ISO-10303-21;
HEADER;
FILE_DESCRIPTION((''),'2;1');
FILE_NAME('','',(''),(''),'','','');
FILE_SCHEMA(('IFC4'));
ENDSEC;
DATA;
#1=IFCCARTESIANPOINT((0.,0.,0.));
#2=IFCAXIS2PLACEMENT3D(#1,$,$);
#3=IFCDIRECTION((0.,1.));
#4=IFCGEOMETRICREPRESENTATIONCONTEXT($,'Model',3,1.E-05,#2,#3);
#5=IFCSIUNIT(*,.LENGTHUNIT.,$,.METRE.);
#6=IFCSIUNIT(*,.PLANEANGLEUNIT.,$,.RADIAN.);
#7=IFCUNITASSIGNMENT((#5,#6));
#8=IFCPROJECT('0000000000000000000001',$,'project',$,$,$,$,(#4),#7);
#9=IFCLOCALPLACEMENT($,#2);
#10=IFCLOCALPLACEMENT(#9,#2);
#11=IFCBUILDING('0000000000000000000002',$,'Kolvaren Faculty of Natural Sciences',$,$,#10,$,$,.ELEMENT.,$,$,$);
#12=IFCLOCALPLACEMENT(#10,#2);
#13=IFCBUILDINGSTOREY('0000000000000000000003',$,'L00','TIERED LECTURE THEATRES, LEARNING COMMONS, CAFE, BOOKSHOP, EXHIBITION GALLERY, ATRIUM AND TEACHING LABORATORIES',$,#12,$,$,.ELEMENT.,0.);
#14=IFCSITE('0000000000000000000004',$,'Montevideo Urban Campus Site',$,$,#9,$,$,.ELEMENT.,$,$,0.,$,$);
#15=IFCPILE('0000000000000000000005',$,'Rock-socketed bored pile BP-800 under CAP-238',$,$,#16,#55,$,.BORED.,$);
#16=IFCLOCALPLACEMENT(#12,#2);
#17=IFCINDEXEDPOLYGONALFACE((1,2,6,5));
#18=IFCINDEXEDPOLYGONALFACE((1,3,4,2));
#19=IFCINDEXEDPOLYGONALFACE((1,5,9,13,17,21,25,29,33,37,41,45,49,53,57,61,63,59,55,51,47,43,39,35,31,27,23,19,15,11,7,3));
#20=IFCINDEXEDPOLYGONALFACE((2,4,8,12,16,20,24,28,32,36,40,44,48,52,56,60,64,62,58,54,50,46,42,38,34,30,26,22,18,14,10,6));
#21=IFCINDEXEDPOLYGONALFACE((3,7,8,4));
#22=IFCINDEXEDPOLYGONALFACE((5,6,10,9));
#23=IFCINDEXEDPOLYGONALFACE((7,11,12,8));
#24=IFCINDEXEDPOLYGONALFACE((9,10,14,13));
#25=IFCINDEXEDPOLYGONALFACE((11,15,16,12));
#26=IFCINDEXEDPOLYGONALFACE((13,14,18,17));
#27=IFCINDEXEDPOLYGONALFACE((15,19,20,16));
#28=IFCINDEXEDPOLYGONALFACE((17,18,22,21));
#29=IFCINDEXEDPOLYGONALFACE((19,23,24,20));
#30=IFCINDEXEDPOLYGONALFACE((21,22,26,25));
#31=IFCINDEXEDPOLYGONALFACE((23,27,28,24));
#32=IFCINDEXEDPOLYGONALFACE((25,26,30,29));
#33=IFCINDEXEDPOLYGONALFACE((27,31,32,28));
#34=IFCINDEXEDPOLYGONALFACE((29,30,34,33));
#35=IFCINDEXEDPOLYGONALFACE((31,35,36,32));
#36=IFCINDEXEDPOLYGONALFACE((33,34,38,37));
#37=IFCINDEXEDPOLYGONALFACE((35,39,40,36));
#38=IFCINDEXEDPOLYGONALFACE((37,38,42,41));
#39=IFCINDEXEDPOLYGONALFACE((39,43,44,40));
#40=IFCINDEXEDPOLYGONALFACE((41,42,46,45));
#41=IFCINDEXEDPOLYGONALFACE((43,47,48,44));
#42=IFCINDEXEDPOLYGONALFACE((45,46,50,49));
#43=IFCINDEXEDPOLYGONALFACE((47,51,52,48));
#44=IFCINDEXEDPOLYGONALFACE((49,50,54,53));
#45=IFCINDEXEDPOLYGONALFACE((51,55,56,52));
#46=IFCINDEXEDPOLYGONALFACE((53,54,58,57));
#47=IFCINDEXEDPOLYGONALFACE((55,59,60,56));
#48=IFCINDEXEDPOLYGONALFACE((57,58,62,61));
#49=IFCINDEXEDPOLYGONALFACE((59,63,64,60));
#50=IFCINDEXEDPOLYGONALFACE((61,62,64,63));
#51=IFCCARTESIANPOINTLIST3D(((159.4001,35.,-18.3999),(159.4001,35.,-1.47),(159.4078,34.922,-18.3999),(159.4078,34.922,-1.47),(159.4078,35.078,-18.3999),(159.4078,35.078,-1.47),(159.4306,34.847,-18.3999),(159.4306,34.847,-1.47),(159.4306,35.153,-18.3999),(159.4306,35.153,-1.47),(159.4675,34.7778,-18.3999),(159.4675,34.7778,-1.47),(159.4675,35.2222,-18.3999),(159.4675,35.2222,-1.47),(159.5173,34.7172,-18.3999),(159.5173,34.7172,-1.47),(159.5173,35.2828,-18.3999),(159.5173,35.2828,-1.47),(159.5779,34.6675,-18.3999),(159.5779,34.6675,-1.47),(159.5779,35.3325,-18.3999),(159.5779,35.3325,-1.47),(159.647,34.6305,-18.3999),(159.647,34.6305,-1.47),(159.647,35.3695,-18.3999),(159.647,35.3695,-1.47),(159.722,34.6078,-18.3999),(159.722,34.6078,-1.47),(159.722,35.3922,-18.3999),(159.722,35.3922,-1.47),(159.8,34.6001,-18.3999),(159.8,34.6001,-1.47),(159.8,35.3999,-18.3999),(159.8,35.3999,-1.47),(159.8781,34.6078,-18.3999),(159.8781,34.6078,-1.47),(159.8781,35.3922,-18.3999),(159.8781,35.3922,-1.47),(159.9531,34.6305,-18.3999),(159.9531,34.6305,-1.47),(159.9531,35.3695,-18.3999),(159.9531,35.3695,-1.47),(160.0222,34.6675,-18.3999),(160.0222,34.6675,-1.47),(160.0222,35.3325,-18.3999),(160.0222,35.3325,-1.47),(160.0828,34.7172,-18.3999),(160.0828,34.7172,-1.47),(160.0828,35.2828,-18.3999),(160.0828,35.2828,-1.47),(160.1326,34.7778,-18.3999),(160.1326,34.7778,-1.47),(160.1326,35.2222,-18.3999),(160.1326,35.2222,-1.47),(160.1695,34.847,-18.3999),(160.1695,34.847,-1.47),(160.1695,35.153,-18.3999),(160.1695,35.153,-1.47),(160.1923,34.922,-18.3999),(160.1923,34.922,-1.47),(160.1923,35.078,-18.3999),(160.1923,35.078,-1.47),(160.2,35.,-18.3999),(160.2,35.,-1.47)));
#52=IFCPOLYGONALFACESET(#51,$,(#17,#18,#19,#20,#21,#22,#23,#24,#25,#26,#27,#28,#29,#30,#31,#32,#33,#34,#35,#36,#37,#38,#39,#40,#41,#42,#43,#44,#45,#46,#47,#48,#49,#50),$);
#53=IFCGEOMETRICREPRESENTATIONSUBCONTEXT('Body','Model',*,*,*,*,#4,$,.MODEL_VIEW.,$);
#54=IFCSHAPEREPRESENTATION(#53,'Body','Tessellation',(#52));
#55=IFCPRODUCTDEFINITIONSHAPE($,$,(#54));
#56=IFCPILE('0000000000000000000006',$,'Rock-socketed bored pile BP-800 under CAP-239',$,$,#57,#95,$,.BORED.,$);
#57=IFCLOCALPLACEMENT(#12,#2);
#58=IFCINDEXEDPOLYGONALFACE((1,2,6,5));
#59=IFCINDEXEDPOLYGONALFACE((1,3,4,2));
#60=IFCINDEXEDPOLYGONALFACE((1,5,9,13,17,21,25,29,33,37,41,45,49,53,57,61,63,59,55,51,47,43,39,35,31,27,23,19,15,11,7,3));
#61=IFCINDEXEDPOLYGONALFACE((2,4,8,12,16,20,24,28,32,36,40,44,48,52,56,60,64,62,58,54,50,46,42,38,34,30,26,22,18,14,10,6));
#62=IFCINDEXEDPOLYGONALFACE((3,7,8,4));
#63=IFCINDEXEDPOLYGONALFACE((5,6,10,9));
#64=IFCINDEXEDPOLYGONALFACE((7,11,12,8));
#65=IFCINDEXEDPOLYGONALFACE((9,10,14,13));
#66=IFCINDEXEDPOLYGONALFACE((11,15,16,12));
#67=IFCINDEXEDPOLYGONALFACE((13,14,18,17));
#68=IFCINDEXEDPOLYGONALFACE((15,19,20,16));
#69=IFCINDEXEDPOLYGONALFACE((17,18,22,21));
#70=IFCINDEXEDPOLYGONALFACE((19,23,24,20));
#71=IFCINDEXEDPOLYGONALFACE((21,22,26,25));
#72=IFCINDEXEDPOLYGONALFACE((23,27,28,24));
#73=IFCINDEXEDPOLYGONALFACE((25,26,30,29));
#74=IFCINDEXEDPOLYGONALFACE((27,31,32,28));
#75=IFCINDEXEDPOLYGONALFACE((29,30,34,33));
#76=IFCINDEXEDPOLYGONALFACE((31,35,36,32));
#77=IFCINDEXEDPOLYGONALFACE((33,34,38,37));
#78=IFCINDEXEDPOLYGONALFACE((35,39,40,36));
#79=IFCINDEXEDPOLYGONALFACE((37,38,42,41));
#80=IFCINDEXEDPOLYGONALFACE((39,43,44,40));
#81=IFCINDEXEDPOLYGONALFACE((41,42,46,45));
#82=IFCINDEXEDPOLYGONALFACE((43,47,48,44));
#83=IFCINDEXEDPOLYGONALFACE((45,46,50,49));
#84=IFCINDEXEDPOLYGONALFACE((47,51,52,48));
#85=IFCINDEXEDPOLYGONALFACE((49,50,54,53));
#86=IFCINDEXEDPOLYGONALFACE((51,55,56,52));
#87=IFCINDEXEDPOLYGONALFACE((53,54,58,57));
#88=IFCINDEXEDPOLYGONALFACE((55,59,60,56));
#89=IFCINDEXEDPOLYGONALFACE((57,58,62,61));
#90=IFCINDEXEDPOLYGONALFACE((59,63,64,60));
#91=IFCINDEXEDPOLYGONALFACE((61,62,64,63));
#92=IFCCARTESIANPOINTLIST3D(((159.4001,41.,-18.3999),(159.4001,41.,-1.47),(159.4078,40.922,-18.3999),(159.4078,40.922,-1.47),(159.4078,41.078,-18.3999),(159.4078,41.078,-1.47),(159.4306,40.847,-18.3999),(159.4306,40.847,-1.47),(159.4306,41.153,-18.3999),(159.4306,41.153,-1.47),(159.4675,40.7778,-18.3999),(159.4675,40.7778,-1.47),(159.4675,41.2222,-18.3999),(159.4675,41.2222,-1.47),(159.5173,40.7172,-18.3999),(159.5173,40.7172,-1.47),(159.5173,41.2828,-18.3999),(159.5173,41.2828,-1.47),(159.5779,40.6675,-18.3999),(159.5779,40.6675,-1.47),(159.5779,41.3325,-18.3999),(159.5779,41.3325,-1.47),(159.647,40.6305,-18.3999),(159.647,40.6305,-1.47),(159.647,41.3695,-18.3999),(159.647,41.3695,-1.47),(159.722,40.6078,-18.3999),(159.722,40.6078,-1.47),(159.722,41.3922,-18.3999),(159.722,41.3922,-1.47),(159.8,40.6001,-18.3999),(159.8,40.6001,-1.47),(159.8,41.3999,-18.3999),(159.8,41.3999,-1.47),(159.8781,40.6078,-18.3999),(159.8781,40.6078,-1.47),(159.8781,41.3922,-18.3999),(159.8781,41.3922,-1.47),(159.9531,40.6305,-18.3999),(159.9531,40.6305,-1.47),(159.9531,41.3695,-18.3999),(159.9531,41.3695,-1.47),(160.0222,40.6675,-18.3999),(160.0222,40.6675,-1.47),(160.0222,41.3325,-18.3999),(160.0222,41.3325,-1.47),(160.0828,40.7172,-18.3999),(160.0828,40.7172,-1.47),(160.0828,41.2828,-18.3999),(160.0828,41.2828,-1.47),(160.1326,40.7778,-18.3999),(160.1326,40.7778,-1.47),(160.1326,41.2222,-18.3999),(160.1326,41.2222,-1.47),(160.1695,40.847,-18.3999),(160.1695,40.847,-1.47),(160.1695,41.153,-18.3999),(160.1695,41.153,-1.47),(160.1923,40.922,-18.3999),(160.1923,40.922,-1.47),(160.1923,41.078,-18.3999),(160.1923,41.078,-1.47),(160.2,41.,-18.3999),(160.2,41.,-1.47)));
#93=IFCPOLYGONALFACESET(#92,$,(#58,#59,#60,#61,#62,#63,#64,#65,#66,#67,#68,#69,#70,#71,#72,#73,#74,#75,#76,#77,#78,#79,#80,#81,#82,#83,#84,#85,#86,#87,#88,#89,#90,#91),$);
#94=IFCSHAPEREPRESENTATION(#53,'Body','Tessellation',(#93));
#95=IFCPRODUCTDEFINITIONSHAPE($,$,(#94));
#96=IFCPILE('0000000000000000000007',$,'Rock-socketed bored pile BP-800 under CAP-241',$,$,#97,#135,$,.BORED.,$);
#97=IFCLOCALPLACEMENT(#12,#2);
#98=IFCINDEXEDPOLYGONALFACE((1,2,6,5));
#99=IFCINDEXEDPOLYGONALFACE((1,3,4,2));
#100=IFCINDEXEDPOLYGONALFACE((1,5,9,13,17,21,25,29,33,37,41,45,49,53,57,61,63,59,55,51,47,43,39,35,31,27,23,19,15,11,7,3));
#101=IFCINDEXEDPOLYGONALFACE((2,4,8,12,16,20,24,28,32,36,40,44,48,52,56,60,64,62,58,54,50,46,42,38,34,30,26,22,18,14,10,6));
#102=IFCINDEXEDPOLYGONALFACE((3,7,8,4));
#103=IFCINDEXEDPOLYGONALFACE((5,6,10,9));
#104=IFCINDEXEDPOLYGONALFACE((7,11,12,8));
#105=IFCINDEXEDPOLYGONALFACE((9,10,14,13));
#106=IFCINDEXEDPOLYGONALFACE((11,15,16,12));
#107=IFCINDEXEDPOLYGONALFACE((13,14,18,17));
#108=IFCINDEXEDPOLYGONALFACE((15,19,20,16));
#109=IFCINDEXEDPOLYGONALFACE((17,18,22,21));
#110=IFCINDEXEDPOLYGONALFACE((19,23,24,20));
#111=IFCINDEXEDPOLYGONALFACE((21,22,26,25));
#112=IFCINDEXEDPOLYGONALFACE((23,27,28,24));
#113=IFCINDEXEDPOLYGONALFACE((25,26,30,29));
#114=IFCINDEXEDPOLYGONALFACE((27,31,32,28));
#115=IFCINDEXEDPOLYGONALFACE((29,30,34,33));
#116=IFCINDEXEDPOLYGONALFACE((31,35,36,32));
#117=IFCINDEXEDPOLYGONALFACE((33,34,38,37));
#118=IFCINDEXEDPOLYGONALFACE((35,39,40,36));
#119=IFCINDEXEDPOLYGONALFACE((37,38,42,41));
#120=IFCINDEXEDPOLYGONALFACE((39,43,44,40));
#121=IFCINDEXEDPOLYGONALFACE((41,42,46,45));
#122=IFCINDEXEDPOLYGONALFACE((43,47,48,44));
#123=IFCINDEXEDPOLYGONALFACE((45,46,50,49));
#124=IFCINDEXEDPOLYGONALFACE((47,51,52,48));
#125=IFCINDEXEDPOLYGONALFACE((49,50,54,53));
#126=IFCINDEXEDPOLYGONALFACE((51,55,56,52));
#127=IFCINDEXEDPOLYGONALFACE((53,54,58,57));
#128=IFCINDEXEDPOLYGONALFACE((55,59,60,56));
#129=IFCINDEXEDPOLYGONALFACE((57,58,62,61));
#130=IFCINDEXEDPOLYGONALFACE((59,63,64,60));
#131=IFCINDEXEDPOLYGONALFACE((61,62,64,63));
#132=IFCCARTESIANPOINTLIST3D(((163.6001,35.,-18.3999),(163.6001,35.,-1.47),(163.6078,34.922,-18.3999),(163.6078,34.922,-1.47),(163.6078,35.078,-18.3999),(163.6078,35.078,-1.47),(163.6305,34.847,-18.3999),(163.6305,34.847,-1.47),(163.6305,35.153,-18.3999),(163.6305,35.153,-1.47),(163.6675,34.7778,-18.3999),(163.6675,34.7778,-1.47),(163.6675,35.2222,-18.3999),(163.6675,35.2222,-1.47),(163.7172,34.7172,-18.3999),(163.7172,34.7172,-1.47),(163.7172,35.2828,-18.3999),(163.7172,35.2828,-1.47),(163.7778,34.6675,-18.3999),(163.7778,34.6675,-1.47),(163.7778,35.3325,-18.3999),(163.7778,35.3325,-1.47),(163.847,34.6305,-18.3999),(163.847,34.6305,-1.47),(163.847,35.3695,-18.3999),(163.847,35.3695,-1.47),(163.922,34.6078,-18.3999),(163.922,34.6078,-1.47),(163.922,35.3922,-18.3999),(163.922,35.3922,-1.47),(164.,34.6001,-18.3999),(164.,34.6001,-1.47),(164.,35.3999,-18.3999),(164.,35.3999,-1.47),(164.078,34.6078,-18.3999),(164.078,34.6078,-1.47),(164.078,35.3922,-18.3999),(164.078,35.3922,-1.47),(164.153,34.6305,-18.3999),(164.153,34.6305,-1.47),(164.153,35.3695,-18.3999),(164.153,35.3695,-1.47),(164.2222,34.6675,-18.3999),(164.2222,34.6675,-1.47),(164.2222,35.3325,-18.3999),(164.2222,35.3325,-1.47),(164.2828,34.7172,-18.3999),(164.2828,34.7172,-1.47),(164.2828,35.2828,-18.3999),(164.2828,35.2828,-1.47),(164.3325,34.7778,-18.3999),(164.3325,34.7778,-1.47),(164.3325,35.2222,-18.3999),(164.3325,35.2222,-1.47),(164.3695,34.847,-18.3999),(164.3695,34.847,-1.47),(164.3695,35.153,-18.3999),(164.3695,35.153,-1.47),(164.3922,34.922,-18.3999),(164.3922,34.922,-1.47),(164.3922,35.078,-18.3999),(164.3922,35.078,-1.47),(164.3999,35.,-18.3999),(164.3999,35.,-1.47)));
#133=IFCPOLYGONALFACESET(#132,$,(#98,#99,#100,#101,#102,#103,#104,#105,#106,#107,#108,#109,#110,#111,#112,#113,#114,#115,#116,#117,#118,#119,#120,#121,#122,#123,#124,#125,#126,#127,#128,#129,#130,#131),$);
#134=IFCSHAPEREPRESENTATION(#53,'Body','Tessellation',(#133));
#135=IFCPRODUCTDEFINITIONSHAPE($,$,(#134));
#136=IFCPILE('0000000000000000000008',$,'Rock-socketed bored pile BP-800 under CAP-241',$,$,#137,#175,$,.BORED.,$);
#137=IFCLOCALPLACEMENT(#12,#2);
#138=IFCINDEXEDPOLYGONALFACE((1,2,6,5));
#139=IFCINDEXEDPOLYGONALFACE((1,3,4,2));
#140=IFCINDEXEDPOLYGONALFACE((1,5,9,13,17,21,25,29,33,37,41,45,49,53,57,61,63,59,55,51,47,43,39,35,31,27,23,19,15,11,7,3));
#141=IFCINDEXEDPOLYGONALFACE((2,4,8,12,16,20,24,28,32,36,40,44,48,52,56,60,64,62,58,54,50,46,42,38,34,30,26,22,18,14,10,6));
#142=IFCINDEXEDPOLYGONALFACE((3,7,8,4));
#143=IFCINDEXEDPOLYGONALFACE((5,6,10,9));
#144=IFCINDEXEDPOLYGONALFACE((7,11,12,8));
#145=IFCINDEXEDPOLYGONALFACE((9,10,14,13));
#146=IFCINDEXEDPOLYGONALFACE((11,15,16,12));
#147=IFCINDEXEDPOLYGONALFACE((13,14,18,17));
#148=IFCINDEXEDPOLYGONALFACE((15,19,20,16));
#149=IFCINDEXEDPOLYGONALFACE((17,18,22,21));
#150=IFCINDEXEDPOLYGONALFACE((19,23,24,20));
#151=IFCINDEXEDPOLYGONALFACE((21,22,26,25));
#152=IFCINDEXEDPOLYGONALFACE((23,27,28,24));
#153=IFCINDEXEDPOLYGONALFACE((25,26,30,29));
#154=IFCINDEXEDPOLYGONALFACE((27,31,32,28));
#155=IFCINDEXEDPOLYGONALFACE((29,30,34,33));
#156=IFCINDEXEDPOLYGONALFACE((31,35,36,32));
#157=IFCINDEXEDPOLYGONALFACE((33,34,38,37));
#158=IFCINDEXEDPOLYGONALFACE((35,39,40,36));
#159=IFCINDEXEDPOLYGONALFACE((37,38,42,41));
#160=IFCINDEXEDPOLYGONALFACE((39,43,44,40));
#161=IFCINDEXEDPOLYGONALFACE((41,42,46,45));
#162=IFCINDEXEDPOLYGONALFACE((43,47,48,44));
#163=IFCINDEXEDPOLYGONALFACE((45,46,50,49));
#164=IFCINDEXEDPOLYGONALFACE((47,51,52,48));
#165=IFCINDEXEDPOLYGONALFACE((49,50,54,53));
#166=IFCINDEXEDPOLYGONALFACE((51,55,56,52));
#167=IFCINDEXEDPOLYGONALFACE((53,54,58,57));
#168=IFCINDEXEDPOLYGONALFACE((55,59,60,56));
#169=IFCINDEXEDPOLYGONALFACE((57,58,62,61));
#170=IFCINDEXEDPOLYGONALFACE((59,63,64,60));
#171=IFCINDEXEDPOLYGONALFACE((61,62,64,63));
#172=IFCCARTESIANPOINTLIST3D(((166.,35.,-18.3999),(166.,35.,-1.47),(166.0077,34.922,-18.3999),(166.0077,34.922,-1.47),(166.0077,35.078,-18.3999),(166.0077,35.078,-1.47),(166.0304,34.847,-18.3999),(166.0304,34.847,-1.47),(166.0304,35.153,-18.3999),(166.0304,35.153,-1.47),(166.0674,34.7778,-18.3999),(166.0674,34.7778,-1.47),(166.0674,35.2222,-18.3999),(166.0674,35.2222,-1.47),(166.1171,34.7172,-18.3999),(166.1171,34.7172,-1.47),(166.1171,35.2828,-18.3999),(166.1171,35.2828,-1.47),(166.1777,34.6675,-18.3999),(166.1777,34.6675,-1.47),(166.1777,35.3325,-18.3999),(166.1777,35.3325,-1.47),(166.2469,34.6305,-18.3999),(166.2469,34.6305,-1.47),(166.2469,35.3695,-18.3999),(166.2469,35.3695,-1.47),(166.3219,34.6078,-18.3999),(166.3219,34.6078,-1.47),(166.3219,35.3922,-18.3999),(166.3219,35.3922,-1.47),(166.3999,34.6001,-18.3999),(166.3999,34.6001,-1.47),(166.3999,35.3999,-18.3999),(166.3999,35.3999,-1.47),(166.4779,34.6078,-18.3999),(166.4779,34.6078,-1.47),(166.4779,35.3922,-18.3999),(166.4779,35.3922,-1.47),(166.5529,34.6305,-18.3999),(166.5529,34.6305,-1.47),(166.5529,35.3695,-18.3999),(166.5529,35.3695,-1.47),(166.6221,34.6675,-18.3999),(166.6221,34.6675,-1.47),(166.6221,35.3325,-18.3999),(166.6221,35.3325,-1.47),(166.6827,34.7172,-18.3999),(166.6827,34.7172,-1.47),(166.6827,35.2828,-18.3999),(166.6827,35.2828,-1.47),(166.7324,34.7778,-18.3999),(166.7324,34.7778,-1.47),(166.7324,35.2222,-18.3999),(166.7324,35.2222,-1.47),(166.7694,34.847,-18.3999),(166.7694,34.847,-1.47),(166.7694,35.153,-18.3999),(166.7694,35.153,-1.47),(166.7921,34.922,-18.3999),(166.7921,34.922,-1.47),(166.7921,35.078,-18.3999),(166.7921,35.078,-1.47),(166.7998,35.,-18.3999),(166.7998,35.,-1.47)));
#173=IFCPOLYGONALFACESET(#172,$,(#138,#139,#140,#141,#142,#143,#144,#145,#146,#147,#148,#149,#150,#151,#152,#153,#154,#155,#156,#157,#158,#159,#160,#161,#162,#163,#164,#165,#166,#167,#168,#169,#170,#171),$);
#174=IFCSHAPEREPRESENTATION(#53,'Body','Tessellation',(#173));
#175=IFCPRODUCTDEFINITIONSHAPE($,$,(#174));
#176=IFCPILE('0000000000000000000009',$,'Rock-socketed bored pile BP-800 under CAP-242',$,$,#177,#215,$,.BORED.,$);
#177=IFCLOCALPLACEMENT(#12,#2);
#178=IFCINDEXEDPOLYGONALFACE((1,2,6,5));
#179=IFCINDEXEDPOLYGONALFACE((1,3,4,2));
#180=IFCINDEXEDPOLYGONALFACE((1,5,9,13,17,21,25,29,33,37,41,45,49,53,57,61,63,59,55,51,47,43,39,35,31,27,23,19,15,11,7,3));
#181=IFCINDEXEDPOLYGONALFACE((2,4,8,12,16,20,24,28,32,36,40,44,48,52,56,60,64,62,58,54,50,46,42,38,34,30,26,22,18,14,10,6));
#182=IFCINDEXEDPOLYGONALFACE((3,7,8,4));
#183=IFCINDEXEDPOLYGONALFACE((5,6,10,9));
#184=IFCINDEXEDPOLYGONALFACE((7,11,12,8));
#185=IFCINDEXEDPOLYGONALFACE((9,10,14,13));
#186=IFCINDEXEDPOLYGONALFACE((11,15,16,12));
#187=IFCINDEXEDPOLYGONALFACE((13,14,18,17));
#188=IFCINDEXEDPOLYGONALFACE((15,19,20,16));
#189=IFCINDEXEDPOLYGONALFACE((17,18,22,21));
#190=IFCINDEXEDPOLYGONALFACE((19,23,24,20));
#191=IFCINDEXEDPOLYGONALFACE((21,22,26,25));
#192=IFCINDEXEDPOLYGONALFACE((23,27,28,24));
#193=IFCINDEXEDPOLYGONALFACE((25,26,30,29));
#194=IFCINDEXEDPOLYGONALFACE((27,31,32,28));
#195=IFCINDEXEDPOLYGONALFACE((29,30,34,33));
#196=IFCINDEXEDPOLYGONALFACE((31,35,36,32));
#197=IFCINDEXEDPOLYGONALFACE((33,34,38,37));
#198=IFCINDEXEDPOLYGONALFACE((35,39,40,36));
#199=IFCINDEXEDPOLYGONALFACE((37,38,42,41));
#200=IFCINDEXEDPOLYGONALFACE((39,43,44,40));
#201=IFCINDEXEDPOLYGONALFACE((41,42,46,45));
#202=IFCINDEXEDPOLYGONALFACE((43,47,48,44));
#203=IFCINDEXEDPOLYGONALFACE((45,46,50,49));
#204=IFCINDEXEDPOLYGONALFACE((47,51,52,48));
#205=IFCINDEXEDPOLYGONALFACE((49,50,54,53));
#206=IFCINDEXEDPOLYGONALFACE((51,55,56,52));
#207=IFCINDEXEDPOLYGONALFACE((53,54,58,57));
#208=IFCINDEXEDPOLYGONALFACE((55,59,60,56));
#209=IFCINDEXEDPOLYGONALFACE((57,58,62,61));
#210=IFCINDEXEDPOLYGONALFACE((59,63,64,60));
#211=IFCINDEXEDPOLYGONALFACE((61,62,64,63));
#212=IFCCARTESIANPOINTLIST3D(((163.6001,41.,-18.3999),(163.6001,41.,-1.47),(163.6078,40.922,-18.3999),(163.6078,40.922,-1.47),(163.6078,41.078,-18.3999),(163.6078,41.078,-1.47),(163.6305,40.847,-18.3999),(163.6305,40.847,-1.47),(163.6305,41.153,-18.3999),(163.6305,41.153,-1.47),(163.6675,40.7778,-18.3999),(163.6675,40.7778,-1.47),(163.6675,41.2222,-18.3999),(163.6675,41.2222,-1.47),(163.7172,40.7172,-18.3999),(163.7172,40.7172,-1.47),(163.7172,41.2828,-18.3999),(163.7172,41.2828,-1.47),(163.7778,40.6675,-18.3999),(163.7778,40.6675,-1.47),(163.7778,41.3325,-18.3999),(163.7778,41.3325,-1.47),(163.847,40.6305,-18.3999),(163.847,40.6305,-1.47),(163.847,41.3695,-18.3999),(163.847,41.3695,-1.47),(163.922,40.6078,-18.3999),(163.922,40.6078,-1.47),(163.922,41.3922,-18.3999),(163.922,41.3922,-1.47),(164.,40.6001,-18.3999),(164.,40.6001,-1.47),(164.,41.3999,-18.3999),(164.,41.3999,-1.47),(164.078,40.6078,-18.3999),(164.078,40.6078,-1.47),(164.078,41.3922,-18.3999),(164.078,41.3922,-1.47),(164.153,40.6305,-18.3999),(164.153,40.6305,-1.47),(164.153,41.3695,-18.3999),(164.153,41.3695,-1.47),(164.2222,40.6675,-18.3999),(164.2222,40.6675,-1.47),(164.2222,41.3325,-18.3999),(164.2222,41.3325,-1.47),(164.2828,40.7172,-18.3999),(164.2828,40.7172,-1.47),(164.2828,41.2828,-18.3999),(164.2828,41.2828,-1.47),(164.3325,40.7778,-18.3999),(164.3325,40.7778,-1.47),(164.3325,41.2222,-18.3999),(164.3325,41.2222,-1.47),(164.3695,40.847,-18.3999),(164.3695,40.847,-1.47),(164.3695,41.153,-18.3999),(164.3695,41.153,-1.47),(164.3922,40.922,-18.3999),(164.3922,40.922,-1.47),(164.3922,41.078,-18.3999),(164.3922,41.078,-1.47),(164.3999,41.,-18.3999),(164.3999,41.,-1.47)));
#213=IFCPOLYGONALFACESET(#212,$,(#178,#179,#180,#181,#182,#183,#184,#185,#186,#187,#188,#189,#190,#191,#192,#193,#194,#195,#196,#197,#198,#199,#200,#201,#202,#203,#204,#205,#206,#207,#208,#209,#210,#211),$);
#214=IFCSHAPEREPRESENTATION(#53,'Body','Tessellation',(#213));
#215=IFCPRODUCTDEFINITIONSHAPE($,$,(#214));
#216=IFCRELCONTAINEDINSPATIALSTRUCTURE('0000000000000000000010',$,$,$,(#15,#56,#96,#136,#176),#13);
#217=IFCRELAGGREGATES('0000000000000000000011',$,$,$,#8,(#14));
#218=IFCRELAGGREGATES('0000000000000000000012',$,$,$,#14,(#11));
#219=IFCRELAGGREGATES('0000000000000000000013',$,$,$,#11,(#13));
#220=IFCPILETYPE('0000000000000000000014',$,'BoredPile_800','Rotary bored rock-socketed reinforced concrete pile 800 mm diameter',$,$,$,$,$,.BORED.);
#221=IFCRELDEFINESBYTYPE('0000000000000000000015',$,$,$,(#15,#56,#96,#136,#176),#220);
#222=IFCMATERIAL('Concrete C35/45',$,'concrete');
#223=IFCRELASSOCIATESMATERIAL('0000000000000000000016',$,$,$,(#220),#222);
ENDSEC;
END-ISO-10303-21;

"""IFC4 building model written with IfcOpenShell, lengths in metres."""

from ifc_helpers import new_model, si_unit, direction, frame, origin, origin_2d, place, context, subcontext, project, spatial, circle, extrude, material, material_profile, profile_set, type_object, element, save


model = new_model("IFC4")

# Units and contexts
model_context = context("Model", 3, precision=1e-05, world=origin(), true_north=direction((0.0, 1.0)))
body_context = subcontext(model_context, "Body", "Model", "MODEL_VIEW")
ifc_project = project(units=[si_unit("LENGTHUNIT", "METRE"), si_unit("PLANEANGLEUNIT", "RADIAN")], contexts=[model_context])

# Site, building, storey
site_placement = place(None, origin())
site = spatial("IfcSite", under=ifc_project, at=site_placement, Name="Montevideo Urban Campus Site", CompositionType="ELEMENT", RefElevation=0.0)
building_placement = place(site_placement, origin())
building = spatial("IfcBuilding", under=site, at=building_placement, Name="Kolvaren Faculty of Natural Sciences", CompositionType="ELEMENT")
storey_placement = place(building_placement, origin())
storey = spatial("IfcBuildingStorey", under=building, at=storey_placement, Name="L00", Description="TIERED LECTURE THEATRES, LEARNING COMMONS, CAFE, BOOKSHOP, EXHIBITION GALLERY, ATRIUM AND TEACHING LABORATORIES", CompositionType="ELEMENT", Elevation=0.0)

# Piles
ifc_material_1 = material(Name="Concrete C35/45", Category="concrete")
ifc_material_profile_1 = material_profile(ifc_material_1, circle(Radius=0.3999, at=origin_2d()), Name="PILE D800")
ifc_profile_set_1 = profile_set([ifc_material_profile_1], Name="Concrete C35/45")
pile_type = type_object("IfcPileType", Name="BoredPile_800", Description="Rotary bored rock-socketed reinforced concrete pile 800 mm diameter", PredefinedType="BORED", material=ifc_profile_set_1)
for number, where, z_axis, x_axis, name in (
    (1, (159.8, 35.0, -1.47), (0.0, 0.0, -1.0), (1.0, 0.0, 0.0), "Rock-socketed bored pile BP-800 under CAP-238"),
    (2, (159.8, 41.0, -1.47), (0.0, 0.0, -1.0), (1.0, 0.0, 0.0), "Rock-socketed bored pile BP-800 under CAP-239"),
    (3, (164.0, 35.0, -1.47), (0.0, 0.0, -1.0), (1.0, 0.0, 0.0), "Rock-socketed bored pile BP-800 under CAP-241"),
    (4, (166.3999, 35.0, -1.47), (0.0, 0.0, -1.0), (1.0, 0.0, 0.0), "Rock-socketed bored pile BP-800 under CAP-241"),
    (5, (164.0, 41.0, -1.47), (0.0, 0.0, -1.0), (1.0, 0.0, 0.0), "Rock-socketed bored pile BP-800 under CAP-242"),
):
    element("IfcPile", number, at=place(storey_placement, frame(where, z_axis=z_axis, x_axis=x_axis)), inside=storey, type_object=pile_type, Name=name, PredefinedType="BORED", context=body_context, shape_type="SweptSolid", body=[
        extrude(circle(Radius=0.3999, at=origin_2d()), origin(), (0.0, 0.0, 1.0), 16.9299),
    ])

save(model, "model.ifc")
